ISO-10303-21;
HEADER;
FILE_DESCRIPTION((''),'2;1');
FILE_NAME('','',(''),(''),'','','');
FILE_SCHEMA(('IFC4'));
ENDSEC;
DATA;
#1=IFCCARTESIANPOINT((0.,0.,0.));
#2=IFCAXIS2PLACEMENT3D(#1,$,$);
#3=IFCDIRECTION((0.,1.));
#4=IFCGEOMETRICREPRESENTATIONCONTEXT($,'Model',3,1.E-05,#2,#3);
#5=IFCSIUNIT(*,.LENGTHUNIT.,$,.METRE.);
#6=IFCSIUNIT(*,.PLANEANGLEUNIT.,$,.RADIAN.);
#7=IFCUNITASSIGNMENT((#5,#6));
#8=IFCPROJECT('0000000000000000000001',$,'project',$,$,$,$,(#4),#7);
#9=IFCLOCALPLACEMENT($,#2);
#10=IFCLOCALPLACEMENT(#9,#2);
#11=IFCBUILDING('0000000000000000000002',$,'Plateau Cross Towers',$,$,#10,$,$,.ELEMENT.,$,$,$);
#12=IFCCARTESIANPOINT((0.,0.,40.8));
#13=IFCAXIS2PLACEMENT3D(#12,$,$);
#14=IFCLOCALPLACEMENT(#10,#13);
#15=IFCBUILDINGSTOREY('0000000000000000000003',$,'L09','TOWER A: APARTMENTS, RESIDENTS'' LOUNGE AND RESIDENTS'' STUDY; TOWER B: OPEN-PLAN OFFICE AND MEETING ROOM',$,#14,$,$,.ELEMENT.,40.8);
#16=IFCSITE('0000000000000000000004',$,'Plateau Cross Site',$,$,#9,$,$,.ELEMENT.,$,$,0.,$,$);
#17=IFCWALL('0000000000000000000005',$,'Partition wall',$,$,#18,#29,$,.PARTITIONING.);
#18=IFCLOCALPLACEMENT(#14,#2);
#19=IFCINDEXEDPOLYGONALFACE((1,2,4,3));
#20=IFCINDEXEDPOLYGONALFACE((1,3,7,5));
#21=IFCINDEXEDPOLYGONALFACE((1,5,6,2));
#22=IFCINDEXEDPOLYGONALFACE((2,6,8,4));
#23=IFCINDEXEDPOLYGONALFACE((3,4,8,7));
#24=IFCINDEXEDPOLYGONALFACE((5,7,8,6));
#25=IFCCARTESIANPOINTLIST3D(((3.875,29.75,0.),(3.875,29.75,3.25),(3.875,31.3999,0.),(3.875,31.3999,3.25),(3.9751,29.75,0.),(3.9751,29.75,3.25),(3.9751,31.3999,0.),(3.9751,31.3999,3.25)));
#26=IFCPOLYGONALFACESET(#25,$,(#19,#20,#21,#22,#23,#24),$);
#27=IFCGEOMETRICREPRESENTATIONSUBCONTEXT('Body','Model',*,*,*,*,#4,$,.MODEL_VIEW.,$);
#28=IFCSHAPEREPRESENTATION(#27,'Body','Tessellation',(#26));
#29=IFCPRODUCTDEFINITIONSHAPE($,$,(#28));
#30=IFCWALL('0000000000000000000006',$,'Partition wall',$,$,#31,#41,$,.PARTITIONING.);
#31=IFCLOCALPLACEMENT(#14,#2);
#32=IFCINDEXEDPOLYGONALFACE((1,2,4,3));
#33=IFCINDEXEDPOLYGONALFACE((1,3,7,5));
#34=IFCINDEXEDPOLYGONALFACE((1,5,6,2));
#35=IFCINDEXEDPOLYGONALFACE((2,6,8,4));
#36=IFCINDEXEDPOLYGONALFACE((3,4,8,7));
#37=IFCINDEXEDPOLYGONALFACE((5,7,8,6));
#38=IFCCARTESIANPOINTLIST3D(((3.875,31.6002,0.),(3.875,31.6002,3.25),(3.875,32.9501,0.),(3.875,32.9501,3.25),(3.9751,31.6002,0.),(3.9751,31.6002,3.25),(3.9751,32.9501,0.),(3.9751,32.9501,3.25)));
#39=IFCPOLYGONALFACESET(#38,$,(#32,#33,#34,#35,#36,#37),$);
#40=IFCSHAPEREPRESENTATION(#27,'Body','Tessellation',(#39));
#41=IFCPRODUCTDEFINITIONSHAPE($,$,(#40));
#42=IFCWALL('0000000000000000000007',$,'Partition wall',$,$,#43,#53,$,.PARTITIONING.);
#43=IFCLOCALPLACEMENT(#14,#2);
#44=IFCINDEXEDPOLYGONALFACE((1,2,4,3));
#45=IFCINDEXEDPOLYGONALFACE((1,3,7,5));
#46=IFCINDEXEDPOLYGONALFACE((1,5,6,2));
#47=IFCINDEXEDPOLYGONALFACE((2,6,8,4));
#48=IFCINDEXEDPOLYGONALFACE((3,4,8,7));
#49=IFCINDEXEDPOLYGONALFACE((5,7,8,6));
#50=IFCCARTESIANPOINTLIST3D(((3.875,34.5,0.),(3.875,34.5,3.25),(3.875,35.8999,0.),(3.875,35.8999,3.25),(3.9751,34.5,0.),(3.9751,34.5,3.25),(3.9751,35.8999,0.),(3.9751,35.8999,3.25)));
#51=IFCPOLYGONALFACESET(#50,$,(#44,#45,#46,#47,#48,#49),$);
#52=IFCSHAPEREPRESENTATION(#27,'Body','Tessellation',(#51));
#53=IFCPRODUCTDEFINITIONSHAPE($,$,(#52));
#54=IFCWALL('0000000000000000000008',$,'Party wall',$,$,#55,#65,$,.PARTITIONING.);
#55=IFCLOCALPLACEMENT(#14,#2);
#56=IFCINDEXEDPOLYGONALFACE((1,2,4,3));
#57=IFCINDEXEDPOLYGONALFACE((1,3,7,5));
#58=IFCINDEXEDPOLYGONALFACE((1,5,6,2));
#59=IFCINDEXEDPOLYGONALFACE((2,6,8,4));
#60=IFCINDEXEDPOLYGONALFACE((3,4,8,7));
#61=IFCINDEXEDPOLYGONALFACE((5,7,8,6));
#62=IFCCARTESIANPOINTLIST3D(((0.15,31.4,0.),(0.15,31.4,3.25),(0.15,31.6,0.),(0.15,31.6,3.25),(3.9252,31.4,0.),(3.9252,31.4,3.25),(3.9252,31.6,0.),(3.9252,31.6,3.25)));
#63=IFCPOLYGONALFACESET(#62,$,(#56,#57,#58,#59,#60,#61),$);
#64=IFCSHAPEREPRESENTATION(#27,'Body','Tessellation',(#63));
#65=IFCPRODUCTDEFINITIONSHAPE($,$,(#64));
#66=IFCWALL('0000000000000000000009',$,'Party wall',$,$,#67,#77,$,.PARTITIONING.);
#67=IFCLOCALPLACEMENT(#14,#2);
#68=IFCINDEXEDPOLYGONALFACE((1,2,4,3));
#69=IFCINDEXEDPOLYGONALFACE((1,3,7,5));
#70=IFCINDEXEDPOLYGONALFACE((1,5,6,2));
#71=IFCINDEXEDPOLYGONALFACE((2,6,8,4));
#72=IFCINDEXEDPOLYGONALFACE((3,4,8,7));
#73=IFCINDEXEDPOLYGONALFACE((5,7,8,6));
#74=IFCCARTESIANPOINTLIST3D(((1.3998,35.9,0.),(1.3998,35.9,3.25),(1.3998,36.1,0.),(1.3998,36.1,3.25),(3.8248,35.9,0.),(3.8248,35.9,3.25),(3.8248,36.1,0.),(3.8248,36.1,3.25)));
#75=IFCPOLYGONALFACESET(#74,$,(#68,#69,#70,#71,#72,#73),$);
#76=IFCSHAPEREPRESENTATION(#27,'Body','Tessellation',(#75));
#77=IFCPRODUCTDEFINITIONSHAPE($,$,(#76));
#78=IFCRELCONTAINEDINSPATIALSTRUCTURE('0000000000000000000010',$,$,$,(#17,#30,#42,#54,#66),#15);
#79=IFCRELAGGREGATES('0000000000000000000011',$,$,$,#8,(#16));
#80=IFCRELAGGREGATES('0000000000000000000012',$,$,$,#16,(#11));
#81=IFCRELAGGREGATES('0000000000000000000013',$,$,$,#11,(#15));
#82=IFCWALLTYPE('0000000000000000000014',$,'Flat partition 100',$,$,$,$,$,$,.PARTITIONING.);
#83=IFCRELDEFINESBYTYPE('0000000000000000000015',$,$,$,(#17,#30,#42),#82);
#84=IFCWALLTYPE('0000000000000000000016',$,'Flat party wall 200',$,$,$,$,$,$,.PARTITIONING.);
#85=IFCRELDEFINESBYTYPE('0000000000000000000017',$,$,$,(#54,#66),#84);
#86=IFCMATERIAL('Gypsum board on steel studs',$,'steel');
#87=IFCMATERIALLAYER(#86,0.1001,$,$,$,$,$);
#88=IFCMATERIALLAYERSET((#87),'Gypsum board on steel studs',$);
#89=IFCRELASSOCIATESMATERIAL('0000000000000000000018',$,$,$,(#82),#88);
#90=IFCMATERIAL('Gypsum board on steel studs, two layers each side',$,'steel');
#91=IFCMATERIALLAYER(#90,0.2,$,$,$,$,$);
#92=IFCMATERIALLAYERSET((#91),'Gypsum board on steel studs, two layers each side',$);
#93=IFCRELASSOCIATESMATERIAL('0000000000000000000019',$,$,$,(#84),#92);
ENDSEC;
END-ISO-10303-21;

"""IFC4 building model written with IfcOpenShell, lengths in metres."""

from ifc_helpers import new_model, si_unit, direction, frame, frame_2d, origin, place, context, subcontext, project, spatial, rectangle, extrude, material, layer, layer_set, type_object, element, save


model = new_model("IFC4")

# Units and contexts
model_context = context("Model", 3, precision=1e-05, world=origin(), true_north=direction((0.0, 1.0)))
body_context = subcontext(model_context, "Body", "Model", "MODEL_VIEW")
ifc_project = project(units=[si_unit("LENGTHUNIT", "METRE"), si_unit("PLANEANGLEUNIT", "RADIAN")], contexts=[model_context])

# Site, building, storey
site_placement = place(None, origin())
site = spatial("IfcSite", under=ifc_project, at=site_placement, Name="Plateau Cross Site", CompositionType="ELEMENT", RefElevation=0.0)
building_placement = place(site_placement, origin())
building = spatial("IfcBuilding", under=site, at=building_placement, Name="Plateau Cross Towers", CompositionType="ELEMENT")
storey_placement = place(building_placement, frame((0.0, 0.0, 40.8)))
storey = spatial("IfcBuildingStorey", under=building, at=storey_placement, Name="L09", Description="TOWER A: APARTMENTS, RESIDENTS' LOUNGE AND RESIDENTS' STUDY; TOWER B: OPEN-PLAN OFFICE AND MEETING ROOM", CompositionType="ELEMENT", Elevation=40.8)

# Shared definitions
ifc_material_1 = material(Name="Gypsum board on steel studs", Category="steel")
ifc_layer_1 = layer(ifc_material_1, 0.1001)
ifc_layer_set_1 = layer_set([ifc_layer_1], Name="Gypsum board on steel studs")
wall_type_1 = type_object("IfcWallType", Name="Flat partition 100", PredefinedType="PARTITIONING", material=ifc_layer_set_1)

# Walls
wall_1_placement = place(storey_placement, frame((3.925, 31.3999, 0.0), z_axis=(0.0, 0.0, 1.0), x_axis=(0.0, -1.0, 0.0)))
element("IfcWall", 1, at=wall_1_placement, inside=storey, type_object=wall_type_1, Name="Partition wall", PredefinedType="PARTITIONING", context=body_context, shape_type="SweptSolid", body=[
    extrude(rectangle(XDim=1.6499, YDim=0.1001, at=frame_2d((0.825, 0.0))), origin(), (0.0, 0.0, 1.0), 3.25),
])
wall_2_placement = place(storey_placement, frame((3.925, 32.95, 0.0), z_axis=(0.0, 0.0, 1.0), x_axis=(0.0, -1.0, 0.0)))
element("IfcWall", 2, at=wall_2_placement, inside=storey, type_object=wall_type_1, Name="Partition wall", PredefinedType="PARTITIONING", context=body_context, shape_type="SweptSolid", body=[
    extrude(rectangle(XDim=1.3499, YDim=0.1001, at=frame_2d((0.6748, 0.0))), origin(), (0.0, 0.0, 1.0), 3.25),
])
wall_3_placement = place(storey_placement, frame((3.925, 35.8999, 0.0), z_axis=(0.0, 0.0, 1.0), x_axis=(0.0, -1.0, 0.0)))
element("IfcWall", 3, at=wall_3_placement, inside=storey, type_object=wall_type_1, Name="Partition wall", PredefinedType="PARTITIONING", context=body_context, shape_type="SweptSolid", body=[
    extrude(rectangle(XDim=1.3999, YDim=0.1001, at=frame_2d((0.7, 0.0))), origin(), (0.0, 0.0, 1.0), 3.25),
])
ifc_material_2 = material(Name="Gypsum board on steel studs, two layers each side", Category="steel")
ifc_layer_2 = layer(ifc_material_2, 0.2)
ifc_layer_set_2 = layer_set([ifc_layer_2], Name="Gypsum board on steel studs, two layers each side")
wall_type_2 = type_object("IfcWallType", Name="Flat party wall 200", PredefinedType="PARTITIONING", material=ifc_layer_set_2)
wall_4_placement = place(storey_placement, frame((0.1499, 31.5, 0.0), z_axis=(0.0, 0.0, 1.0), x_axis=(1.0, 0.0, 0.0)))
element("IfcWall", 4, at=wall_4_placement, inside=storey, type_object=wall_type_2, Name="Party wall", PredefinedType="PARTITIONING", context=body_context, shape_type="SweptSolid", body=[
    extrude(rectangle(XDim=3.7751, YDim=0.2, at=frame_2d((1.8877, 0.0))), origin(), (0.0, 0.0, 1.0), 3.25),
])
wall_5_placement = place(storey_placement, frame((1.3999, 36.0, 0.0), z_axis=(0.0, 0.0, 1.0), x_axis=(1.0, 0.0, 0.0)))
element("IfcWall", 5, at=wall_5_placement, inside=storey, type_object=wall_type_2, Name="Party wall", PredefinedType="PARTITIONING", context=body_context, shape_type="SweptSolid", body=[
    extrude(rectangle(XDim=2.425, YDim=0.2, at=frame_2d((1.2124, 0.0))), origin(), (0.0, 0.0, 1.0), 3.25),
])

save(model, "model.ifc")
